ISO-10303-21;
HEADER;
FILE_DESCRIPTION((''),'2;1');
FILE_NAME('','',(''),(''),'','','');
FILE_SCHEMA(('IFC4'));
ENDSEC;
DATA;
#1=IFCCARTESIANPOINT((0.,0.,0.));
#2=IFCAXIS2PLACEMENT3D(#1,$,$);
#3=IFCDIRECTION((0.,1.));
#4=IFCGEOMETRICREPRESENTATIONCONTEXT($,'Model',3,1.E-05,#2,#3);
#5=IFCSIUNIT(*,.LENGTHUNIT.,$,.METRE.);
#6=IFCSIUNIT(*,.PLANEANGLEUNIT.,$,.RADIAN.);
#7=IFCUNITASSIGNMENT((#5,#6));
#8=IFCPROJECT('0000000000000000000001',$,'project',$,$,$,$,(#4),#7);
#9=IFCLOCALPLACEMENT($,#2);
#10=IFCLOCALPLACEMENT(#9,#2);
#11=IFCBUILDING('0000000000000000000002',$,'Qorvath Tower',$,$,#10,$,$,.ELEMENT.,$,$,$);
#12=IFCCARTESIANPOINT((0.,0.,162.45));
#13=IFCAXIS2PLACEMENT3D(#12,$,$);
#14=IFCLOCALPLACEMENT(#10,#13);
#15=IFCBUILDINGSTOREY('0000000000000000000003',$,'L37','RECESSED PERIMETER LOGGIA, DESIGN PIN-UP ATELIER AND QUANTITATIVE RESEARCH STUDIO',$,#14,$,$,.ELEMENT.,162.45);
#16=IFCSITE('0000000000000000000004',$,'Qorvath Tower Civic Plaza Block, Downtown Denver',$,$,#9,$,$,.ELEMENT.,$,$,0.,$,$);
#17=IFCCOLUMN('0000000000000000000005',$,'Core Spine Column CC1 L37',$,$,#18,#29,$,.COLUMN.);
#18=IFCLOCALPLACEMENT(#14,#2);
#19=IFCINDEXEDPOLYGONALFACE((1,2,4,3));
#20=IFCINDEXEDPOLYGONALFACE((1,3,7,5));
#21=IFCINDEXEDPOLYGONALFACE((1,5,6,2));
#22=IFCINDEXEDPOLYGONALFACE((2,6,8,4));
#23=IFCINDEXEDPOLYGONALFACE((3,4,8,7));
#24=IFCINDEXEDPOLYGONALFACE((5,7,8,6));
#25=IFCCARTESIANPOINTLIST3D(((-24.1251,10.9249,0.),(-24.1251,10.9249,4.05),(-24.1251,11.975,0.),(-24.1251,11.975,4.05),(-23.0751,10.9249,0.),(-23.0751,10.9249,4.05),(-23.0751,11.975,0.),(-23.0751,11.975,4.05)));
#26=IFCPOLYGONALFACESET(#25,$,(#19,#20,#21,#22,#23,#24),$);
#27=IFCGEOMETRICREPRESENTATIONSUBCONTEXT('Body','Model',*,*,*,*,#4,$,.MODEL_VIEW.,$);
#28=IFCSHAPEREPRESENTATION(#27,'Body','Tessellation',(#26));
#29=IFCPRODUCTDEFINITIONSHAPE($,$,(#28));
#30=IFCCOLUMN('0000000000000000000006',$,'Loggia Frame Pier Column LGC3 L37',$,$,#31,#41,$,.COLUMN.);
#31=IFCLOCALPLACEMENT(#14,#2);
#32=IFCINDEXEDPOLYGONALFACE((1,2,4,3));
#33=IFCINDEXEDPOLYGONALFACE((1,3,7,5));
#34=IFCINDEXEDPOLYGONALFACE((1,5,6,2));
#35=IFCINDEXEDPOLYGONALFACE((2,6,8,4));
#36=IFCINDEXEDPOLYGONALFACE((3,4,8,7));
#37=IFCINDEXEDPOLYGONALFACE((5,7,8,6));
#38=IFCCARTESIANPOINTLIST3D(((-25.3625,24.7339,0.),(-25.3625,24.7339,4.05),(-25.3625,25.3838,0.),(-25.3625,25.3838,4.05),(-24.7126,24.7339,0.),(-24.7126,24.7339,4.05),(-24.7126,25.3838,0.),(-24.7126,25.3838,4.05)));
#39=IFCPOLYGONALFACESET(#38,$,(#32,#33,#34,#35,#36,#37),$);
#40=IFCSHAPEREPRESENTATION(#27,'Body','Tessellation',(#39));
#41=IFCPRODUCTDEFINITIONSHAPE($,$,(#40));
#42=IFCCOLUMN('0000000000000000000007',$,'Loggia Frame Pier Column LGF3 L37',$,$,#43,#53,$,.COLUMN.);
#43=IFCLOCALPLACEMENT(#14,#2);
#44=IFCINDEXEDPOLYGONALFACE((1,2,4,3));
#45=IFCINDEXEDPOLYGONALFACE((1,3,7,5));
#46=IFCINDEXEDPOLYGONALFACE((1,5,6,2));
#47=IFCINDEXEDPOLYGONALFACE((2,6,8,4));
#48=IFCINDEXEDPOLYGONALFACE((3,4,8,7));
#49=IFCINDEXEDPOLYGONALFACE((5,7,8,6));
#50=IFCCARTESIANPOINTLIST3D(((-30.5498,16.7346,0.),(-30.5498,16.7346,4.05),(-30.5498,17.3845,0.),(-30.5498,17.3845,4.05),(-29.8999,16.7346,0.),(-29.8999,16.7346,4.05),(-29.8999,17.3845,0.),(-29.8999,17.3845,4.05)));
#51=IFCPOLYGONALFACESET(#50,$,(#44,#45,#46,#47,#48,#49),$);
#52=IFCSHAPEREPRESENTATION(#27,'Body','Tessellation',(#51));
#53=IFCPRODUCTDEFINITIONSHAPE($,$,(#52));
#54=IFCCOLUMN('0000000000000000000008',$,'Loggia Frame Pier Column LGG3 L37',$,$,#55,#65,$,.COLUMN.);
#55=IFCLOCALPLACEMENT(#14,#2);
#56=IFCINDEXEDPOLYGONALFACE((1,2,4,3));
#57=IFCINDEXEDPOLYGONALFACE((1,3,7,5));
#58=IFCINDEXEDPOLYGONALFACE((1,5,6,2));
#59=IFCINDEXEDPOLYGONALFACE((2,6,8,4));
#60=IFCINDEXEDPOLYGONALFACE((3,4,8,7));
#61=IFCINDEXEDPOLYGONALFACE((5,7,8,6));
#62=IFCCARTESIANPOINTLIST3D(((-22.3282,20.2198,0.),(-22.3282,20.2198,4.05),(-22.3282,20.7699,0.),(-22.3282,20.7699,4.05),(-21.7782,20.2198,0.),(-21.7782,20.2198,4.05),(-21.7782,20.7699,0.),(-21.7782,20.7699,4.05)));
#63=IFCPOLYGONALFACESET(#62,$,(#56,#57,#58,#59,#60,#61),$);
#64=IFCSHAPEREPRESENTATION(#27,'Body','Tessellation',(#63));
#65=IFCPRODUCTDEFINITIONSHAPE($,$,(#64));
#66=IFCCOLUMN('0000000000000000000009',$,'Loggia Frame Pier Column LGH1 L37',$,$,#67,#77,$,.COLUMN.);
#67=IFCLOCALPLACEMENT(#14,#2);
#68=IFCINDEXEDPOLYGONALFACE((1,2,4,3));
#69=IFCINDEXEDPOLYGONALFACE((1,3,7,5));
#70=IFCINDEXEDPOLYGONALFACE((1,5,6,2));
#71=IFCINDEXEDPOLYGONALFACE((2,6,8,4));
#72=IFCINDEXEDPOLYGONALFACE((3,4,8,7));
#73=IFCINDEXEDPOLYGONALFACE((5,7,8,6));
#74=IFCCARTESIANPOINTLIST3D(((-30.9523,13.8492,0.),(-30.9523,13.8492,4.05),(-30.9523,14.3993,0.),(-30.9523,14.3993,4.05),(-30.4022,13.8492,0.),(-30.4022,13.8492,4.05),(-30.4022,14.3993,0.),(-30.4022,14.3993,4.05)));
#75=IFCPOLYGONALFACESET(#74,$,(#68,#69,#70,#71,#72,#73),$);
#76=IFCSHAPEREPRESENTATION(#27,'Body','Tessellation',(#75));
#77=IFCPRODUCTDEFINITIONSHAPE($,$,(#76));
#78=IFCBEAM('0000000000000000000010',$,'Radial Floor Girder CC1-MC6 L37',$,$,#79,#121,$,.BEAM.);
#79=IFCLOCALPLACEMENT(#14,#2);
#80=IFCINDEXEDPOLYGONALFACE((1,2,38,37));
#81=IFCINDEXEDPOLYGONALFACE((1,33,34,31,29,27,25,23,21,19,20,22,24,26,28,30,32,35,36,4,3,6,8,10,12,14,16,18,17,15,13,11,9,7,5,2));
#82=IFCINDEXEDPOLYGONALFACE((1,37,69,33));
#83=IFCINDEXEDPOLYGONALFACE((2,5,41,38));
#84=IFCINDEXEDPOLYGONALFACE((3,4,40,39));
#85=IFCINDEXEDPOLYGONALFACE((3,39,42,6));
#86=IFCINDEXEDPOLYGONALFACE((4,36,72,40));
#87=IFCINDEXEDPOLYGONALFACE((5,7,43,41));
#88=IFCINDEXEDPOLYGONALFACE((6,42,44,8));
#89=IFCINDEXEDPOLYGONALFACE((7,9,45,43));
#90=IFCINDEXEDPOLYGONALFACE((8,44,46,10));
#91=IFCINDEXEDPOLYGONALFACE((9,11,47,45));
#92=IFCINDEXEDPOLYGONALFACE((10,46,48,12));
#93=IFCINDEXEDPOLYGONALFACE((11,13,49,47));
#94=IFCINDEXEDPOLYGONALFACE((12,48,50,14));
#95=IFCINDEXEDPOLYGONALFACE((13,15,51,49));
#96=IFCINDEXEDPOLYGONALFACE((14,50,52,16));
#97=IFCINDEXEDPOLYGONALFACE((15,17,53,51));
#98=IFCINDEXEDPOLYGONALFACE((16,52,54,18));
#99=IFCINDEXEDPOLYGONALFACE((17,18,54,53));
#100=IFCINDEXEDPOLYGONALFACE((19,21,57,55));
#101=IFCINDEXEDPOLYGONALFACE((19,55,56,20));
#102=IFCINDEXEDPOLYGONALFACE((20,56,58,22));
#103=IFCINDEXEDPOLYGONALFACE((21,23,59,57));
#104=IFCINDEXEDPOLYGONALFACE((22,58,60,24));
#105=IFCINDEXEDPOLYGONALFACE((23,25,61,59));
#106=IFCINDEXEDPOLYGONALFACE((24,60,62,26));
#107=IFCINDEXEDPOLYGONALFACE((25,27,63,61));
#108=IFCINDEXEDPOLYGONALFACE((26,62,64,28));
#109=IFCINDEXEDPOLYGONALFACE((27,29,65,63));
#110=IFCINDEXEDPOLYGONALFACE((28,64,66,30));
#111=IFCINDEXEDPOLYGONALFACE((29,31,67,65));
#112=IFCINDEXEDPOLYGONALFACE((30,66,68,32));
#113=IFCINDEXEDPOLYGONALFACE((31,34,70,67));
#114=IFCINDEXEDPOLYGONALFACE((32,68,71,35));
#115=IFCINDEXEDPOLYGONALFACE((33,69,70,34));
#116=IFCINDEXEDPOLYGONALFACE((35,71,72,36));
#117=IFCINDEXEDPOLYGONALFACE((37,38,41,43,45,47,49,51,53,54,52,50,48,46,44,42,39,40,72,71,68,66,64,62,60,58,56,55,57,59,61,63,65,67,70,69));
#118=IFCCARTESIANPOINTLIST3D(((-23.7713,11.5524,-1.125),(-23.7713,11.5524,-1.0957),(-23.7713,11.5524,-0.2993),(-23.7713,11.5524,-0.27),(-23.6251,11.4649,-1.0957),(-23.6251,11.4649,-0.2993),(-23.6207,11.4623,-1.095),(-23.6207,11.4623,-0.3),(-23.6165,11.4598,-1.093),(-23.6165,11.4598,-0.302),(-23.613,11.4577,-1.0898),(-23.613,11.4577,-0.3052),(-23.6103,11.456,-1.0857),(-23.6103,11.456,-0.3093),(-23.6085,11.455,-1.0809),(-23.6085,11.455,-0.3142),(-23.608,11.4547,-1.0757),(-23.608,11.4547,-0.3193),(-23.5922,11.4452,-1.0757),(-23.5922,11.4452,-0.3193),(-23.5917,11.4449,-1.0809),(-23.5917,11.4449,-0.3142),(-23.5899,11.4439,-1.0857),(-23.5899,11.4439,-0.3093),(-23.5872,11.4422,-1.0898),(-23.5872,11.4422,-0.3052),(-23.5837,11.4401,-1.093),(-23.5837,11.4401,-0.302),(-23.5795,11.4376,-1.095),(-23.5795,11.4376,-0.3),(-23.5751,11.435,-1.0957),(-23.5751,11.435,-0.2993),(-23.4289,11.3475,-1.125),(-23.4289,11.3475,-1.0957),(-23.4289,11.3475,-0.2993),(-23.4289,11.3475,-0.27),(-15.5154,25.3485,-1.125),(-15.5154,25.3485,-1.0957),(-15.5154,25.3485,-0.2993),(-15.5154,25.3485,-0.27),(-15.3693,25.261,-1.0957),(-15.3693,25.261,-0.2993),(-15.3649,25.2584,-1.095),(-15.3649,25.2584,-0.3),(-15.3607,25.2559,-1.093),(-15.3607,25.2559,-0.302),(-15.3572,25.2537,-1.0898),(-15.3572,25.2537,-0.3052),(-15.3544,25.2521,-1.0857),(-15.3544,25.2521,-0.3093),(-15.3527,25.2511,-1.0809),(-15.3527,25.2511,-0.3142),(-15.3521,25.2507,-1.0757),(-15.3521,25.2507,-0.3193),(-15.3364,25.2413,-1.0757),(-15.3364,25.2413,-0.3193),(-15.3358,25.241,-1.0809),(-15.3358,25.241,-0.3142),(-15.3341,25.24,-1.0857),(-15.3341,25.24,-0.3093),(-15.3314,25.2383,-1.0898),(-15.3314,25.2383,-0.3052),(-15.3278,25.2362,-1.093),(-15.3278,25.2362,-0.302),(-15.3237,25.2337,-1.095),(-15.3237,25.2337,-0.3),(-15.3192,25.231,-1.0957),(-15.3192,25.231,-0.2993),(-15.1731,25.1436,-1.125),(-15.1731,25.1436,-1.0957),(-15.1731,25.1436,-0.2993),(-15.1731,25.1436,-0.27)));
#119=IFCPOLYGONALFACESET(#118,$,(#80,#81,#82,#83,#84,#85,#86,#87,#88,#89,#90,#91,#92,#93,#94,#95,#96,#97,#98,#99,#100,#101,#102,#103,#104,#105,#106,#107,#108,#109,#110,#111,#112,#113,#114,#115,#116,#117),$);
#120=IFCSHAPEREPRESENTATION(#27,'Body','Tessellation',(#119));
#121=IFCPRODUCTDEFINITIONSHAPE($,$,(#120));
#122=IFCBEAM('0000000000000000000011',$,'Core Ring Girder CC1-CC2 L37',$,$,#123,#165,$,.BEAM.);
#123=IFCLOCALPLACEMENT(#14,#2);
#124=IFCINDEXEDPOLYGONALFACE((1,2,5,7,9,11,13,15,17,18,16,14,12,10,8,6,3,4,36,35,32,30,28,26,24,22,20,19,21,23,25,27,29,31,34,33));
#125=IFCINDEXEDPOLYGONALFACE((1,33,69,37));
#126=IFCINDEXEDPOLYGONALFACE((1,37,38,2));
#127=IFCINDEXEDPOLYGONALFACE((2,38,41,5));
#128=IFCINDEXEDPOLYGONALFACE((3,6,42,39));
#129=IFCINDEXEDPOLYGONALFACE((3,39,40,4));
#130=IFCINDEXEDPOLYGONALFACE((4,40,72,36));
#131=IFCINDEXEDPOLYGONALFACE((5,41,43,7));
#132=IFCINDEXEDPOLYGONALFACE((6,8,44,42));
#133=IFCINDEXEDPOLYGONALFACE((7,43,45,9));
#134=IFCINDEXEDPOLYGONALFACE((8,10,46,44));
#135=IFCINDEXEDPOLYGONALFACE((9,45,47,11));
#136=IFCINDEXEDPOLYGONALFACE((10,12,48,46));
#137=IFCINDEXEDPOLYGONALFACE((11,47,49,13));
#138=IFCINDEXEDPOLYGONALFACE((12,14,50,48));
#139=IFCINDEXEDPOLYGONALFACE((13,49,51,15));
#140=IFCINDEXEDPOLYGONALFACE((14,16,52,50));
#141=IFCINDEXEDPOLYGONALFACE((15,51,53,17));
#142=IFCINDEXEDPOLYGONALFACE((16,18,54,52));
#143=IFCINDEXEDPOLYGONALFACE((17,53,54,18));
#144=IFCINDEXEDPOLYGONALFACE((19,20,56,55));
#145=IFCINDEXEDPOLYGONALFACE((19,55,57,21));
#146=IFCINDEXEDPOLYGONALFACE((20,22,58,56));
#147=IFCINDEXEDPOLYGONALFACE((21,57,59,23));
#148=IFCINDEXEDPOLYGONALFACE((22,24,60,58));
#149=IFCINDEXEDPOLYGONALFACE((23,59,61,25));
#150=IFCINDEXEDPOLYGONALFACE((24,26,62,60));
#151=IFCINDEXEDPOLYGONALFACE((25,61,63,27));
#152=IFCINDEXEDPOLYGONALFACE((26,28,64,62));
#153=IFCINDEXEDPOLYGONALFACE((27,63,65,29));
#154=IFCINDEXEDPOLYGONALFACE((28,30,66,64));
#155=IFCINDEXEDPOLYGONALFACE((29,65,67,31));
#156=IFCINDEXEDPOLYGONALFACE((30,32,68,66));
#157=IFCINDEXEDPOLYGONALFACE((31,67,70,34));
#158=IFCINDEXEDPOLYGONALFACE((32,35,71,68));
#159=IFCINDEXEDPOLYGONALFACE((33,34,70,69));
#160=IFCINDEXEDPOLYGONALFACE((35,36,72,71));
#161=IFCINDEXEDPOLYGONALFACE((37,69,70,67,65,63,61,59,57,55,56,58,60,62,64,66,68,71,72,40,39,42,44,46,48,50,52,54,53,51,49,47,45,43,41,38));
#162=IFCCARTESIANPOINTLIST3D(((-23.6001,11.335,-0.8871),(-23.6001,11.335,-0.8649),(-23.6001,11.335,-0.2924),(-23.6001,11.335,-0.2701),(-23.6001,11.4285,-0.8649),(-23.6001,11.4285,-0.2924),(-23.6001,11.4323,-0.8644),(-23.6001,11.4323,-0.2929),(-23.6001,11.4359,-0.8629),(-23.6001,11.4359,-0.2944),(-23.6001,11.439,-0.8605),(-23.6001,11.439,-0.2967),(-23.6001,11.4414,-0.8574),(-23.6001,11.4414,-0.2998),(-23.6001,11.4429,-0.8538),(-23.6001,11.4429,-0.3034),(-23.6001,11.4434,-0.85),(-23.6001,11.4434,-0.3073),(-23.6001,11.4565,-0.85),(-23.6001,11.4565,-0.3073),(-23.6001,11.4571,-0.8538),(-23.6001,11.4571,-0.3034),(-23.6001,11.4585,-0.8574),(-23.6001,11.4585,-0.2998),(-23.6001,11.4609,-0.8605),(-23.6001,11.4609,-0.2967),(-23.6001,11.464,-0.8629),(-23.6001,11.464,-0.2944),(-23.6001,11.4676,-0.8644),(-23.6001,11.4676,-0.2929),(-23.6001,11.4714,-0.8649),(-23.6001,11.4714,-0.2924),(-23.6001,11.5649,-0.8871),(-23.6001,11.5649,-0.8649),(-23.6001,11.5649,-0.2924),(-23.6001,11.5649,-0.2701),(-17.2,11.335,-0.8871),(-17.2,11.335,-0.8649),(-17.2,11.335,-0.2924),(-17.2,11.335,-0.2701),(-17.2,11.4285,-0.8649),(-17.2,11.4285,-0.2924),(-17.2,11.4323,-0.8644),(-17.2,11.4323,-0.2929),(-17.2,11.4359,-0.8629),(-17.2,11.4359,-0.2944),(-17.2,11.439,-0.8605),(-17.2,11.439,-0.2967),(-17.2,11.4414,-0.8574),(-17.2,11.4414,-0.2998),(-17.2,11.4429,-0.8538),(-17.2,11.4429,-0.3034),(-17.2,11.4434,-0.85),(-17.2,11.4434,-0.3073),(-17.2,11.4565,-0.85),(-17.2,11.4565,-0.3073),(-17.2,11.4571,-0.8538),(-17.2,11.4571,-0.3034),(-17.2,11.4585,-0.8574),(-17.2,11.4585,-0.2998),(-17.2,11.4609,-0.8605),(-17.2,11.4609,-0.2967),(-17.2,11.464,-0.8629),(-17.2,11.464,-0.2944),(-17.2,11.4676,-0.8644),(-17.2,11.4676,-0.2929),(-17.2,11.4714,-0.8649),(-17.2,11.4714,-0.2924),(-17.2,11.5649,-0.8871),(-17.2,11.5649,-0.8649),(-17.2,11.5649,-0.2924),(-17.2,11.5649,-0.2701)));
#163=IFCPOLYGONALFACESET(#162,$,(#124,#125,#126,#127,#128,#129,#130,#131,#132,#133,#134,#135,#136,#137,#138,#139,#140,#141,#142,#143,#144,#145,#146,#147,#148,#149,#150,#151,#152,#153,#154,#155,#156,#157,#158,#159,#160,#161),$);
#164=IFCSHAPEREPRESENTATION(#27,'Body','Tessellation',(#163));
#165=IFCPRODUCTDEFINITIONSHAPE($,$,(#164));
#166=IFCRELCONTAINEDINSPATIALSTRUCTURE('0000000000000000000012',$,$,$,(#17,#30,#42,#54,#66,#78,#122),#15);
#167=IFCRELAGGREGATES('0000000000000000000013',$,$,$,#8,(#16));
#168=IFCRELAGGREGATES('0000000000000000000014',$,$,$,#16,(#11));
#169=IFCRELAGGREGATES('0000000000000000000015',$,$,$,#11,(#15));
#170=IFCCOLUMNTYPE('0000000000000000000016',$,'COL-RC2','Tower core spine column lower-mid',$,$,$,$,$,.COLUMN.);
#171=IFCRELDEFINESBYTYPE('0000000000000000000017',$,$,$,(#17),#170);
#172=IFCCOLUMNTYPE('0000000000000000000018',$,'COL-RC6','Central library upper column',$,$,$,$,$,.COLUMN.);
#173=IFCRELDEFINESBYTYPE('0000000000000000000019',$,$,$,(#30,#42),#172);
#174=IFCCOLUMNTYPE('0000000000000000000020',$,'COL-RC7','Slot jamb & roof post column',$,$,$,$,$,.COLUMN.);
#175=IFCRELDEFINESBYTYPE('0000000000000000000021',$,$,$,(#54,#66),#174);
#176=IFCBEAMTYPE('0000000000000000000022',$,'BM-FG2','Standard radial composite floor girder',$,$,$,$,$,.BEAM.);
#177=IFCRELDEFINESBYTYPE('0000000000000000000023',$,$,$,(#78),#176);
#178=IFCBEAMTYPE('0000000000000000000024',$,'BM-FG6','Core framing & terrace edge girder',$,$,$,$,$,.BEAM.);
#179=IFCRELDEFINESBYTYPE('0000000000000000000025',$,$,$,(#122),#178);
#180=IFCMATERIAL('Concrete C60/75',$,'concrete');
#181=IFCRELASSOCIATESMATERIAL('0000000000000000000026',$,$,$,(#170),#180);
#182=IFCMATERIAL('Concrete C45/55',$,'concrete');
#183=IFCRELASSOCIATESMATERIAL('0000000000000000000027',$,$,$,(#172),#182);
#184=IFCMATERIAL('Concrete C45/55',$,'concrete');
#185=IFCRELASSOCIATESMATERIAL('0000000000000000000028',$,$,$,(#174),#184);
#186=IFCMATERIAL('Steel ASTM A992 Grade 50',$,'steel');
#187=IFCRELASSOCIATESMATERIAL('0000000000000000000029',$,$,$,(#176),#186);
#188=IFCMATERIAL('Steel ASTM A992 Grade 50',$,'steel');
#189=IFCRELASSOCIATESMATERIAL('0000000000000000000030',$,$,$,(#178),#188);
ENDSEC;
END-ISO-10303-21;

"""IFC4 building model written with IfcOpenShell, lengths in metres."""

from ifc_helpers import new_model, si_unit, direction, frame, origin, origin_2d, place, context, subcontext, project, spatial, rectangle, i_section, extrude, material, material_profile, profile_set, type_object, element, save


model = new_model("IFC4")

# Units and contexts
model_context = context("Model", 3, precision=1e-05, world=origin(), true_north=direction((0.0, 1.0)))
body_context = subcontext(model_context, "Body", "Model", "MODEL_VIEW")
ifc_project = project(units=[si_unit("LENGTHUNIT", "METRE"), si_unit("PLANEANGLEUNIT", "RADIAN")], contexts=[model_context])

# Site, building, storey
site_placement = place(None, origin())
site = spatial("IfcSite", under=ifc_project, at=site_placement, Name="Qorvath Tower Civic Plaza Block, Downtown Denver", CompositionType="ELEMENT", RefElevation=0.0)
building_placement = place(site_placement, origin())
building = spatial("IfcBuilding", under=site, at=building_placement, Name="Qorvath Tower", CompositionType="ELEMENT")
storey_placement = place(building_placement, frame((0.0, 0.0, 162.45)))
storey = spatial("IfcBuildingStorey", under=building, at=storey_placement, Name="L37", Description="RECESSED PERIMETER LOGGIA, DESIGN PIN-UP ATELIER AND QUANTITATIVE RESEARCH STUDIO", CompositionType="ELEMENT", Elevation=162.45)

# Columns
ifc_material_1 = material(Name="Concrete C60/75", Category="concrete")
ifc_material_profile_1 = material_profile(ifc_material_1, rectangle(XDim=1.05, YDim=1.05, at=origin_2d()), Name="RC 1050x1050")
ifc_profile_set_1 = profile_set([ifc_material_profile_1], Name="Concrete C60/75")
column_type_1 = type_object("IfcColumnType", Name="COL-RC2", Description="Tower core spine column lower-mid", PredefinedType="COLUMN", material=ifc_profile_set_1)
column_placement = place(storey_placement, frame((-23.6001, 11.45, 0.0), z_axis=(0.0, 0.0, 1.0), x_axis=(1.0, 0.0, 0.0)))
element("IfcColumn", 1, at=column_placement, inside=storey, type_object=column_type_1, Name="Core Spine Column CC1 L37", PredefinedType="COLUMN", context=body_context, shape_type="SweptSolid", body=[
    extrude(rectangle(XDim=1.05, YDim=1.05, at=origin_2d()), origin(), (0.0, 0.0, 1.0), 4.05),
])
ifc_material_2 = material(Name="Concrete C45/55", Category="concrete")
ifc_material_profile_2 = material_profile(ifc_material_2, rectangle(XDim=0.6499, YDim=0.6499, at=origin_2d()), Name="RC 650x650")
ifc_profile_set_2 = profile_set([ifc_material_profile_2], Name="Concrete C45/55")
column_type_2 = type_object("IfcColumnType", Name="COL-RC6", Description="Central library upper column", PredefinedType="COLUMN", material=ifc_profile_set_2)
for number, where, z_axis, x_axis, name in (
    (2, (-25.0376, 25.0588, 0.0), (0.0, 0.0, 1.0), (1.0, 0.0, 0.0), "Loggia Frame Pier Column LGC3 L37"),
    (3, (-30.2249, 17.0596, 0.0), (0.0, 0.0, 1.0), (1.0, 0.0, 0.0), "Loggia Frame Pier Column LGF3 L37"),
):
    element("IfcColumn", number, at=place(storey_placement, frame(where, z_axis=z_axis, x_axis=x_axis)), inside=storey, type_object=column_type_2, Name=name, PredefinedType="COLUMN", context=body_context, shape_type="SweptSolid", body=[
        extrude(rectangle(XDim=0.6499, YDim=0.6499, at=origin_2d()), origin(), (0.0, 0.0, 1.0), 4.05),
    ])
ifc_material_3 = material(Name="Concrete C45/55", Category="concrete")
ifc_material_profile_3 = material_profile(ifc_material_3, rectangle(XDim=0.55, YDim=0.55, at=origin_2d()), Name="RC 550x550")
ifc_profile_set_3 = profile_set([ifc_material_profile_3], Name="Concrete C45/55")
column_type_3 = type_object("IfcColumnType", Name="COL-RC7", Description="Slot jamb & roof post column", PredefinedType="COLUMN", material=ifc_profile_set_3)
for number, where, z_axis, x_axis, name in (
    (4, (-22.0532, 20.4949, 0.0), (0.0, 0.0, 1.0), (1.0, 0.0, 0.0), "Loggia Frame Pier Column LGG3 L37"),
    (5, (-30.6772, 14.1243, 0.0), (0.0, 0.0, 1.0), (1.0, 0.0, 0.0), "Loggia Frame Pier Column LGH1 L37"),
):
    element("IfcColumn", number, at=place(storey_placement, frame(where, z_axis=z_axis, x_axis=x_axis)), inside=storey, type_object=column_type_3, Name=name, PredefinedType="COLUMN", context=body_context, shape_type="SweptSolid", body=[
        extrude(rectangle(XDim=0.55, YDim=0.55, at=origin_2d()), origin(), (0.0, 0.0, 1.0), 4.05),
    ])

# Beams
ifc_material_4 = material(Name="Steel ASTM A992 Grade 50", Category="steel")
ifc_material_profile_4 = material_profile(ifc_material_4, i_section(OverallWidth=0.3989, OverallDepth=0.855, WebThickness=0.0183, FlangeThickness=0.0293, FilletRadius=0.02, at=origin_2d()), Name="W33x201")
ifc_profile_set_4 = profile_set([ifc_material_profile_4], Name="Steel ASTM A992 Grade 50")
beam_type_1 = type_object("IfcBeamType", Name="BM-FG2", Description="Standard radial composite floor girder", PredefinedType="BEAM", material=ifc_profile_set_4)
beam_1_placement = place(storey_placement, frame((-23.6001, 11.45, -0.6975), z_axis=(0.513497, 0.858091, 0.0), x_axis=(-0.858091, 0.513497, 0.0)))
element("IfcBeam", 6, at=beam_1_placement, inside=storey, type_object=beam_type_1, Name="Radial Floor Girder CC1-MC6 L37", PredefinedType="BEAM", context=body_context, shape_type="SweptSolid", body=[
    extrude(i_section(OverallWidth=0.3989, OverallDepth=0.855, WebThickness=0.0183, FlangeThickness=0.0293, FilletRadius=0.02, at=origin_2d()), origin(), (0.0, 0.0, 1.0), 16.0776),
])
ifc_material_5 = material(Name="Steel ASTM A992 Grade 50", Category="steel")
ifc_material_profile_5 = material_profile(ifc_material_5, i_section(OverallWidth=0.23, OverallDepth=0.6169, WebThickness=0.0132, FlangeThickness=0.0222, FilletRadius=0.0149, at=origin_2d()), Name="W24x94")
ifc_profile_set_5 = profile_set([ifc_material_profile_5], Name="Steel ASTM A992 Grade 50")
beam_type_2 = type_object("IfcBeamType", Name="BM-FG6", Description="Core framing & terrace edge girder", PredefinedType="BEAM", material=ifc_profile_set_5)
beam_2_placement = place(storey_placement, frame((-23.6001, 11.45, -0.5786), z_axis=(1.0, 0.0, 0.0), x_axis=(0.0, 1.0, 0.0)))
element("IfcBeam", 7, at=beam_2_placement, inside=storey, type_object=beam_type_2, Name="Core Ring Girder CC1-CC2 L37", PredefinedType="BEAM", context=body_context, shape_type="SweptSolid", body=[
    extrude(i_section(OverallWidth=0.23, OverallDepth=0.6169, WebThickness=0.0132, FlangeThickness=0.0222, FilletRadius=0.0149, at=origin_2d()), origin(), (0.0, 0.0, 1.0), 6.4001),
])

save(model, "model.ifc")
